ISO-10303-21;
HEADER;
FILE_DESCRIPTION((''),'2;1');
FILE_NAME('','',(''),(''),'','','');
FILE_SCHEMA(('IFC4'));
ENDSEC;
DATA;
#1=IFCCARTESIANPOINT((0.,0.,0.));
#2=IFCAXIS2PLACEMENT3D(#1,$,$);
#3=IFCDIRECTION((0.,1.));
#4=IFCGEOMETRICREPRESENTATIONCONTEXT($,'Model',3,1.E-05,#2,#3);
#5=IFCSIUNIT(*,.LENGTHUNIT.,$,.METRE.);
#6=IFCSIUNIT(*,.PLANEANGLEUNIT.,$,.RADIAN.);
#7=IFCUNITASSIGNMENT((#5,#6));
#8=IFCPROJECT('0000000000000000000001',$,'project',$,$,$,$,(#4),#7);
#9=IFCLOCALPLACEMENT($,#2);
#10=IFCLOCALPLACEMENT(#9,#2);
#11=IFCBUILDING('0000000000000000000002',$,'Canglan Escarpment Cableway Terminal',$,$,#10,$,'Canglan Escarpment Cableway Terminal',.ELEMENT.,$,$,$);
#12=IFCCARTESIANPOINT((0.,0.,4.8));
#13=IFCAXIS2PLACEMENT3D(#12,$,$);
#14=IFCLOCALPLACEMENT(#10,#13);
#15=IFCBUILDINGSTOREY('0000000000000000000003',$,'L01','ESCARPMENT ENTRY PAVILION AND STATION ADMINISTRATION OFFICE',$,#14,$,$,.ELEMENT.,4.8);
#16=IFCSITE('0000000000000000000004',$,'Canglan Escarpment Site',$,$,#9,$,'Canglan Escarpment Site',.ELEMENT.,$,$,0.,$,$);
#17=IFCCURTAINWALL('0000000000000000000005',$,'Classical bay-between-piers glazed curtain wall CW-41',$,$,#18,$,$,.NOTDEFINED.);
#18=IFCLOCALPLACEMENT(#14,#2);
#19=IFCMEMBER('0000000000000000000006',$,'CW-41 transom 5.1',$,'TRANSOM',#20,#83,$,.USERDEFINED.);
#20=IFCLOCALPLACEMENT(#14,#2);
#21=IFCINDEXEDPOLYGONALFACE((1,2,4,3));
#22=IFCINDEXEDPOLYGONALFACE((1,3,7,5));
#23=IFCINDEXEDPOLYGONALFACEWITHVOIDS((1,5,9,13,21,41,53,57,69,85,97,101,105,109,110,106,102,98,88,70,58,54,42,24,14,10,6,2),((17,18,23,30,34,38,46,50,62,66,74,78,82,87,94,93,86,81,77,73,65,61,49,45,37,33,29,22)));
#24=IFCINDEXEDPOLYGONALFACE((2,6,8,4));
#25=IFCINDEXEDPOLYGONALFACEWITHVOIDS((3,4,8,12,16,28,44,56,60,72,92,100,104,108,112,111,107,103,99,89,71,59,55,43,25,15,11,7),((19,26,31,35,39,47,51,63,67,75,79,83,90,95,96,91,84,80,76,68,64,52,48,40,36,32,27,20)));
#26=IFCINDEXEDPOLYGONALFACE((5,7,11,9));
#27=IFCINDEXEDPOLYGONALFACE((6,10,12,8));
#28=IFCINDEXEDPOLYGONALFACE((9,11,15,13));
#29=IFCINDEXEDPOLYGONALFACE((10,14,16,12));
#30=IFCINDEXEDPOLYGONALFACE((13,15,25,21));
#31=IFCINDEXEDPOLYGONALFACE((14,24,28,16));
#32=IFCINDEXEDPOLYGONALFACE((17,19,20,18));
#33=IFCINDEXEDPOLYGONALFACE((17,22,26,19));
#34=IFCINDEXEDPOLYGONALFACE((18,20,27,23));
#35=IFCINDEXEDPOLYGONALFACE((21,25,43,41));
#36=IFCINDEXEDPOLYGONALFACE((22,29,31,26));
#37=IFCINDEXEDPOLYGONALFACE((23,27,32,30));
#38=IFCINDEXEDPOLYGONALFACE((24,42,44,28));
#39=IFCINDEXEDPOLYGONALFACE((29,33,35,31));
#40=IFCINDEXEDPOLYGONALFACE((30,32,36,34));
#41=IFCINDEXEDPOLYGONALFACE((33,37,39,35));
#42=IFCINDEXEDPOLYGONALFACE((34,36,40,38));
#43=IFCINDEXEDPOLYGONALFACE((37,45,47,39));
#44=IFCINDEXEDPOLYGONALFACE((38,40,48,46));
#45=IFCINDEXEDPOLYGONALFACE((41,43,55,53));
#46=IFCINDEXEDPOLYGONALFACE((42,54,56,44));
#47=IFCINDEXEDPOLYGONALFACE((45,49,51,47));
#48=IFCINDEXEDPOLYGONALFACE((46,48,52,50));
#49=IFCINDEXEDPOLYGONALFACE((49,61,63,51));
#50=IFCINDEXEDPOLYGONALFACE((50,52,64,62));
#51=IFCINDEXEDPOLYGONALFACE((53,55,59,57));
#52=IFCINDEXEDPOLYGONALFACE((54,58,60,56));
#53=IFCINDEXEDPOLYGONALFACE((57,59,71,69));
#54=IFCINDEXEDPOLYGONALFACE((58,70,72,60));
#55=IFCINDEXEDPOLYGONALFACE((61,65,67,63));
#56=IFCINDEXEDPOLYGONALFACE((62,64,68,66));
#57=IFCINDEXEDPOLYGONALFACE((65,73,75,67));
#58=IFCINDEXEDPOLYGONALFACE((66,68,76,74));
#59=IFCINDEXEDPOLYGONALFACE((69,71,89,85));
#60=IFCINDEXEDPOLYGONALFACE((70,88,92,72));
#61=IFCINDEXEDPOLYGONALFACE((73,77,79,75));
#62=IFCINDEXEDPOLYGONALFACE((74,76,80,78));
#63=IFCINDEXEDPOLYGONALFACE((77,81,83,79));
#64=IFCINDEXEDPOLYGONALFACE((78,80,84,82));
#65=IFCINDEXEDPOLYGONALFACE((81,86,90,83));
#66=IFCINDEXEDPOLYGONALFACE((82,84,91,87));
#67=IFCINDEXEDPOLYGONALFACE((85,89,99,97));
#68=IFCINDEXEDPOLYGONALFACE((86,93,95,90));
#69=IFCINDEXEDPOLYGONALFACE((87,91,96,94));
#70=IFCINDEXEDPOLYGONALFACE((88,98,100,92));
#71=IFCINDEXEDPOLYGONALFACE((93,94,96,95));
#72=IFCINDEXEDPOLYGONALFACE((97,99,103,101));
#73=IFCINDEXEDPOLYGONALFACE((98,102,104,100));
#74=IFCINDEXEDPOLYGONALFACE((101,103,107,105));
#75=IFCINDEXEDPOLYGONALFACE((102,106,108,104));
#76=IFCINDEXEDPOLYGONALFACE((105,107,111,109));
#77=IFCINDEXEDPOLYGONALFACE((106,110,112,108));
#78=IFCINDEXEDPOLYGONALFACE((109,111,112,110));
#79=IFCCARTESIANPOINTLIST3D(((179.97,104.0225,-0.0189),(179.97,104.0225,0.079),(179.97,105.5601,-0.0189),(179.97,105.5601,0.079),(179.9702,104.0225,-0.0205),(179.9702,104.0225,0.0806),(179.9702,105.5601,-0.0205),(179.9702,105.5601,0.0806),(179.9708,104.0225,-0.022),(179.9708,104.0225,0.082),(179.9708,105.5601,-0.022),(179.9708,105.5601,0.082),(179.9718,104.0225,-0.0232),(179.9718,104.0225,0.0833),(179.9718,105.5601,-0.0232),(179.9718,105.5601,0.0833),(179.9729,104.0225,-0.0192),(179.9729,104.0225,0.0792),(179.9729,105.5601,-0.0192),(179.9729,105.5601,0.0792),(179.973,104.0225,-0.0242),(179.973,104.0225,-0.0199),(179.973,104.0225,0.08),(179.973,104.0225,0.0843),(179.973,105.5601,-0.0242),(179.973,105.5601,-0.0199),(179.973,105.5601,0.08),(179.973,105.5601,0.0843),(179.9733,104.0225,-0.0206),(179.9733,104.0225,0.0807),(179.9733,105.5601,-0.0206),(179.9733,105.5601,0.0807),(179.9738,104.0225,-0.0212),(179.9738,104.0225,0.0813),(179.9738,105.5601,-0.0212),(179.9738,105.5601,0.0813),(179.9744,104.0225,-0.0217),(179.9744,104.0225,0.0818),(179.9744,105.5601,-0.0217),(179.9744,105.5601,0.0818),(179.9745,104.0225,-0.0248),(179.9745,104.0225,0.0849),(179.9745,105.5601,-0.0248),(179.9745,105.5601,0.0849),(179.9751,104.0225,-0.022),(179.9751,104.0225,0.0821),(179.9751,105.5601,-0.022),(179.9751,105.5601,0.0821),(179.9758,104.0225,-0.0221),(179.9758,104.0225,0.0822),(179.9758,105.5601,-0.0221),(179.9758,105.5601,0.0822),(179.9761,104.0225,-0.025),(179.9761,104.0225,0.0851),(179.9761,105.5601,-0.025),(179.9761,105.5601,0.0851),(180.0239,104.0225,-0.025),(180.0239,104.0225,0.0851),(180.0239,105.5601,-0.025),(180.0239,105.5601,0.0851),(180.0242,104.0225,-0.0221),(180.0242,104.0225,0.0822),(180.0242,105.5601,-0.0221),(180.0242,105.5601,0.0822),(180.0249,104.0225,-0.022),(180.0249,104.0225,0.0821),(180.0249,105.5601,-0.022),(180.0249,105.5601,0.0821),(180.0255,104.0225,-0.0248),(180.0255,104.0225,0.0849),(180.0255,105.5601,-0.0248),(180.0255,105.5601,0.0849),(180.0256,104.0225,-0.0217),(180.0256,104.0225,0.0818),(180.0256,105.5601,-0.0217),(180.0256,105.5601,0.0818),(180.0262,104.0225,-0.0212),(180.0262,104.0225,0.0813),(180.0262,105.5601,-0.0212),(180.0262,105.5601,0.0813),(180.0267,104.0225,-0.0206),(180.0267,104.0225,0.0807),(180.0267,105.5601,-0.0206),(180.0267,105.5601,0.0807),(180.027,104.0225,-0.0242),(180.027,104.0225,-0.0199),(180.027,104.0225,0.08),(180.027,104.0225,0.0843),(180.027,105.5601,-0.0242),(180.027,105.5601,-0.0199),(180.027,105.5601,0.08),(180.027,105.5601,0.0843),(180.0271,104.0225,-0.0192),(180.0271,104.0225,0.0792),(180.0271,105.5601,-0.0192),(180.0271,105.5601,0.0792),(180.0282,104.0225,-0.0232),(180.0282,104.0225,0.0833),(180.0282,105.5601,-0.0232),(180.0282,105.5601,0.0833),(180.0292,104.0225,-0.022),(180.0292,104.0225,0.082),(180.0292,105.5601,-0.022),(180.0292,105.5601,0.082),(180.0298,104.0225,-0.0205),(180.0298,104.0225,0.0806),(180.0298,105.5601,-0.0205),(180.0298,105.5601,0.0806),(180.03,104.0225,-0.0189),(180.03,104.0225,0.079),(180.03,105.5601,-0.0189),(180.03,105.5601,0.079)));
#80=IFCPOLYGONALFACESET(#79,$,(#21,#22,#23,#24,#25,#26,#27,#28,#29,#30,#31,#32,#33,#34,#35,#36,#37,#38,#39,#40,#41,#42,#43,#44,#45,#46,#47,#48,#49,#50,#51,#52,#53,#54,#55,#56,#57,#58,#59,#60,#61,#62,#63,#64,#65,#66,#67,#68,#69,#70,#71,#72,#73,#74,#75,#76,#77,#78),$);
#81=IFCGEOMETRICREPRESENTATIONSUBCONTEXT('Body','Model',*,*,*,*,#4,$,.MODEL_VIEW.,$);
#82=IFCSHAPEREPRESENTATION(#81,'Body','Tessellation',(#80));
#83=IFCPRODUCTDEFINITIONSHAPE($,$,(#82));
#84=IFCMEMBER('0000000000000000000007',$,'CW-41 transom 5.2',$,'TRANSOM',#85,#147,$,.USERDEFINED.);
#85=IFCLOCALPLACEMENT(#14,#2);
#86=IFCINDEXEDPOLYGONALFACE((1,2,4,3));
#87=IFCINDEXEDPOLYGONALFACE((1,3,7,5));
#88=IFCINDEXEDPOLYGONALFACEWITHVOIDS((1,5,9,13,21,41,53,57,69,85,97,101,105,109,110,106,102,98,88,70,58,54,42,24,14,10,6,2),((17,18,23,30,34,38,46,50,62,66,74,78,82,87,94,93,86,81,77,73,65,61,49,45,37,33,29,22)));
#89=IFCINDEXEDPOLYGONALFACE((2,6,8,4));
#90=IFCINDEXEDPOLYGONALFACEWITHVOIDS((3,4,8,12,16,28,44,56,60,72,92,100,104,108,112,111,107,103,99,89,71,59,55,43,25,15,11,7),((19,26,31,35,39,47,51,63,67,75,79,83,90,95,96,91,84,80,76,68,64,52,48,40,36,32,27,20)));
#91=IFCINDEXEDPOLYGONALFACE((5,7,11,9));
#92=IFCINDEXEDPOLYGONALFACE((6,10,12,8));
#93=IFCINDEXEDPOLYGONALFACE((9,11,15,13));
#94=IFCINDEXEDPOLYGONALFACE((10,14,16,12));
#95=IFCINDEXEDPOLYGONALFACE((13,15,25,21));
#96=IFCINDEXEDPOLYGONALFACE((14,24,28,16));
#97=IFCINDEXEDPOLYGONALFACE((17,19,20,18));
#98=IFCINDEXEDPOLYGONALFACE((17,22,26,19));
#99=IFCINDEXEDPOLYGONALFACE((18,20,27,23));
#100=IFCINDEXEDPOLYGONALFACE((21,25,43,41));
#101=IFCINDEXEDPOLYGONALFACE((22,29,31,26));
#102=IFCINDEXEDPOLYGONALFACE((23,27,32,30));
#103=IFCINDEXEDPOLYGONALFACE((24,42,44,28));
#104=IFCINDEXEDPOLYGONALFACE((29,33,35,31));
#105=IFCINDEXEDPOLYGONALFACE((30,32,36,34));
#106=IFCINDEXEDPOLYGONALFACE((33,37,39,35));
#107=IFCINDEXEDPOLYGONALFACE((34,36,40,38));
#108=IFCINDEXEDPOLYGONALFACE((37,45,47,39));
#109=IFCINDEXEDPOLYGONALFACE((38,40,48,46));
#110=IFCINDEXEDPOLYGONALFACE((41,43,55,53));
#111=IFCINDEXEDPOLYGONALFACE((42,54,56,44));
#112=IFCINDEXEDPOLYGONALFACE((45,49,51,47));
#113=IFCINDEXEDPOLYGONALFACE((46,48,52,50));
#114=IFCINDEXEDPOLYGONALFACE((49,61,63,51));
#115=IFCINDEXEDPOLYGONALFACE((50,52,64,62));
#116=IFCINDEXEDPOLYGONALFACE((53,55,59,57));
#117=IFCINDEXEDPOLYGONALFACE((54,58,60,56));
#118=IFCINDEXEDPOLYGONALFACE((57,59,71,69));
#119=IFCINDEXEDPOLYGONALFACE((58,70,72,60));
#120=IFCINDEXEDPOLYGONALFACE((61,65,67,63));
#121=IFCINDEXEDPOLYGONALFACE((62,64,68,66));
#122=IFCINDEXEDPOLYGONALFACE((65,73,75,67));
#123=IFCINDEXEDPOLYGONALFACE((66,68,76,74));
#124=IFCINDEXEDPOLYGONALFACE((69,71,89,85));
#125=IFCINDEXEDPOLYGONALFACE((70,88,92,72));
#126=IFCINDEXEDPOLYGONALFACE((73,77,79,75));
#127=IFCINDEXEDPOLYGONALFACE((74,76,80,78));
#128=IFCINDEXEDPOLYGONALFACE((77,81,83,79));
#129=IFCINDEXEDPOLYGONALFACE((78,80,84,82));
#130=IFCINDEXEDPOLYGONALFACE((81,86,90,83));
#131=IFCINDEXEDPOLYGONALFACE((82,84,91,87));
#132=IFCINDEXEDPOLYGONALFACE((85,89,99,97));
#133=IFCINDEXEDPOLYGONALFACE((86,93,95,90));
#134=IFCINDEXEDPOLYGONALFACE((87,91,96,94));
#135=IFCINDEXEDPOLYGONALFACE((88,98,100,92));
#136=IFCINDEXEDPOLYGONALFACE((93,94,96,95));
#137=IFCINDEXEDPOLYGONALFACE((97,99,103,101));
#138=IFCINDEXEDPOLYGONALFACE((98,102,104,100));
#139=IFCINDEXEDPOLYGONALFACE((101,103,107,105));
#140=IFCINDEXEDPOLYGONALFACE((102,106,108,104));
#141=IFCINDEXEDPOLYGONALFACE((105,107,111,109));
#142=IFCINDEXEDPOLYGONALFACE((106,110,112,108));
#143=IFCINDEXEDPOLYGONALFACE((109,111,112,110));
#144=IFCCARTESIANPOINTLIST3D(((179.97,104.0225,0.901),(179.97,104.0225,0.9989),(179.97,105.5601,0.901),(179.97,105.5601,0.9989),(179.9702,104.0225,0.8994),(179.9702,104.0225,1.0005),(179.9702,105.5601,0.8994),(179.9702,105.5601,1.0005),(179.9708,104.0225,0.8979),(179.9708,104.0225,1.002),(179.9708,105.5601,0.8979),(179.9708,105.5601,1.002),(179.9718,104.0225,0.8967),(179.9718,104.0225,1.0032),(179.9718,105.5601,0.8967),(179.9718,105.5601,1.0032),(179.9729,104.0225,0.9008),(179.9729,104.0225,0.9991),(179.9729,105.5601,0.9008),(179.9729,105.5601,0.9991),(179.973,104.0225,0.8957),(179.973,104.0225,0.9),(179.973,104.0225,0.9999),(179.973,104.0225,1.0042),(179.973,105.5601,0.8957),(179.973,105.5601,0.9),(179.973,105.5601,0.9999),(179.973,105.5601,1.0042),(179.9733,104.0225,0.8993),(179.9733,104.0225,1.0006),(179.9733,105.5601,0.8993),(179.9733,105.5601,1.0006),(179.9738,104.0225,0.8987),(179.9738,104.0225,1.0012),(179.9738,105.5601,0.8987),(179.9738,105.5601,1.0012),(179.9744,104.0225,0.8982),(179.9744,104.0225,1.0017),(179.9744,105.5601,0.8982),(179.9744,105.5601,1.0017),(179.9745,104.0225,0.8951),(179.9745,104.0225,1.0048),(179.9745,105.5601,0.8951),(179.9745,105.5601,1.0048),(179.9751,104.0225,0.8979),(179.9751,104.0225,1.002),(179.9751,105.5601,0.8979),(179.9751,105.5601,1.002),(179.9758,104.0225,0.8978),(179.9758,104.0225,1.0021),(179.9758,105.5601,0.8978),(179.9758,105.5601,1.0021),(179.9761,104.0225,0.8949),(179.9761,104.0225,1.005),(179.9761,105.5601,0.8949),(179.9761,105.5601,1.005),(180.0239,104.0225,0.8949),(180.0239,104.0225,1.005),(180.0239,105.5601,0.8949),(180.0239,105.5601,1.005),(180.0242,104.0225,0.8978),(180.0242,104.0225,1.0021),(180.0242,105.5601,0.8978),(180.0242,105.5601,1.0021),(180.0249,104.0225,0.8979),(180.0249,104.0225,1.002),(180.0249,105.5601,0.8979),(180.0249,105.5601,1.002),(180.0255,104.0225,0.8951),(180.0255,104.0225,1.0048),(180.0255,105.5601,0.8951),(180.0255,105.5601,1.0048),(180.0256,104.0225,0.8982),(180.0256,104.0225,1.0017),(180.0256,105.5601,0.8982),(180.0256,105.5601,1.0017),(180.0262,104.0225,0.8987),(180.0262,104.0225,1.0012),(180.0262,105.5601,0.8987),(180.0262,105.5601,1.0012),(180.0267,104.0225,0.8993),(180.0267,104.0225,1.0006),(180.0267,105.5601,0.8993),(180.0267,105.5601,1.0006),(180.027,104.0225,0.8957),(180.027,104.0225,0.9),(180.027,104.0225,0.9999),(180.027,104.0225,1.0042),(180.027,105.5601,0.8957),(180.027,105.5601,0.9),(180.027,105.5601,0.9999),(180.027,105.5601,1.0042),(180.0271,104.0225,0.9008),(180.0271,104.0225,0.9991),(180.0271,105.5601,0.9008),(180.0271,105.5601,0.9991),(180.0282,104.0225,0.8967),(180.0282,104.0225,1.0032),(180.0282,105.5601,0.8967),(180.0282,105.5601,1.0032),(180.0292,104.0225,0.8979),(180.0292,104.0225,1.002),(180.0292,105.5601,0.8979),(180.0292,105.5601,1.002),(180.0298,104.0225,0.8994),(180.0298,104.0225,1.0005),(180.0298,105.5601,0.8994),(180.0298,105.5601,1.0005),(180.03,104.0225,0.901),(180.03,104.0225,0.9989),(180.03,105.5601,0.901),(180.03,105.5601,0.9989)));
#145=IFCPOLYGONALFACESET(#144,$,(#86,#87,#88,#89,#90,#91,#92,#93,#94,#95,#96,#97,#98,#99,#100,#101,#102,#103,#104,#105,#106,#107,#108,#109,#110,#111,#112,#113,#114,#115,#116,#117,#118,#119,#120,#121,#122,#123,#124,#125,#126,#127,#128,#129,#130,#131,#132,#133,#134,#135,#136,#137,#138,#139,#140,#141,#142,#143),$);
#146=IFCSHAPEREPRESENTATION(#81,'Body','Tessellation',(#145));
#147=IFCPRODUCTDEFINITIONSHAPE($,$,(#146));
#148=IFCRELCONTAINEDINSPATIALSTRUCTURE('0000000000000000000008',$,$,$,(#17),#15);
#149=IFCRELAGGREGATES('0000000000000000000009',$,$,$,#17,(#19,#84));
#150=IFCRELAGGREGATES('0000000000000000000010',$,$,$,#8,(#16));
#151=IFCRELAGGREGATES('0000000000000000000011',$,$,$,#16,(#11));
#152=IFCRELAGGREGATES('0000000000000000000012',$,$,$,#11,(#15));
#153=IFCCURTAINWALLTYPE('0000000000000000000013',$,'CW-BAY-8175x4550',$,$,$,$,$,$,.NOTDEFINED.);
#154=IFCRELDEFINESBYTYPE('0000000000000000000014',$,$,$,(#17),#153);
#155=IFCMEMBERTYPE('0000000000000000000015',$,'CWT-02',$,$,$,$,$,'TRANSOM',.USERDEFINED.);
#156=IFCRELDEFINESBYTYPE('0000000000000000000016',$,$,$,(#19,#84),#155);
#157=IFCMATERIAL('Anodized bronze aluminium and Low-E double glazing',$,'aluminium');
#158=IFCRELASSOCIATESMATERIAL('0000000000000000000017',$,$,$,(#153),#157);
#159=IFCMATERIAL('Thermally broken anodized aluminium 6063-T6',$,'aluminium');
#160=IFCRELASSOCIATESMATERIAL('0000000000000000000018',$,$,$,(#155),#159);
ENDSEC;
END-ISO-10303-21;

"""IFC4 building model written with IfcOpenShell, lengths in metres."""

from ifc_helpers import new_model, si_unit, direction, frame, origin, origin_2d, place, context, subcontext, project, spatial, hollow_rectangle, extrude, material, material_profile, profile_set, type_object, element, aggregate, save


model = new_model("IFC4")

# Units and contexts
model_context = context("Model", 3, precision=1e-05, world=origin(), true_north=direction((0.0, 1.0)))
body_context = subcontext(model_context, "Body", "Model", "MODEL_VIEW")
ifc_project = project(units=[si_unit("LENGTHUNIT", "METRE"), si_unit("PLANEANGLEUNIT", "RADIAN")], contexts=[model_context])

# Site, building, storey
site_placement = place(None, origin())
site = spatial("IfcSite", under=ifc_project, at=site_placement, Name="Canglan Escarpment Site", LongName="Canglan Escarpment Site", CompositionType="ELEMENT", RefElevation=0.0)
building_placement = place(site_placement, origin())
building = spatial("IfcBuilding", under=site, at=building_placement, Name="Canglan Escarpment Cableway Terminal", LongName="Canglan Escarpment Cableway Terminal", CompositionType="ELEMENT")
storey_placement = place(building_placement, frame((0.0, 0.0, 4.8)))
storey = spatial("IfcBuildingStorey", under=building, at=storey_placement, Name="L01", Description="ESCARPMENT ENTRY PAVILION AND STATION ADMINISTRATION OFFICE", CompositionType="ELEMENT", Elevation=4.8)

# Curtain wall, members
ifc_material_1 = material(Name="Anodized bronze aluminium and Low-E double glazing", Category="aluminium")
curtain_wall_type = type_object("IfcCurtainWallType", Name="CW-BAY-8175x4550", PredefinedType="NOTDEFINED", material=ifc_material_1)
curtain_wall_placement = place(storey_placement, origin())
curtain_wall = element("IfcCurtainWall", 1, at=curtain_wall_placement, inside=storey, type_object=curtain_wall_type, Name="Classical bay-between-piers glazed curtain wall CW-41", PredefinedType="NOTDEFINED")
ifc_material_2 = material(Name="Thermally broken anodized aluminium 6063-T6", Category="aluminium")
ifc_material_profile_1 = material_profile(ifc_material_2, hollow_rectangle(XDim=0.0601, YDim=0.1101, WallThickness=0.0029, InnerFilletRadius=0.0029, OuterFilletRadius=0.0061, at=origin_2d()), Name="ALU-TRAN 60x110x3")
ifc_profile_set_1 = profile_set([ifc_material_profile_1], Name="Thermally broken anodized aluminium 6063-T6")
member_type_1 = type_object("IfcMemberType", Name="CWT-02", ElementType="TRANSOM", PredefinedType="USERDEFINED", material=ifc_profile_set_1)
member_1_placement = place(storey_placement, frame((180.0, 104.0225, 0.03), z_axis=(0.0, 1.0, 0.0), x_axis=(-1.0, 0.0, 0.0)))
member_1 = element("IfcMember", 2, at=member_1_placement, type_object=member_type_1, Name="CW-41 transom 5.1", ObjectType="TRANSOM", PredefinedType="USERDEFINED", context=body_context, shape_type="SweptSolid", body=[
    extrude(hollow_rectangle(XDim=0.0601, YDim=0.1101, WallThickness=0.0029, InnerFilletRadius=0.0029, OuterFilletRadius=0.0061, at=origin_2d()), origin(), (0.0, 0.0, 1.0), 1.5376),
])
member_2_placement = place(storey_placement, frame((180.0, 104.0225, 0.95), z_axis=(0.0, 1.0, 0.0), x_axis=(-1.0, 0.0, 0.0)))
member_2 = element("IfcMember", 3, at=member_2_placement, type_object=member_type_1, Name="CW-41 transom 5.2", ObjectType="TRANSOM", PredefinedType="USERDEFINED", context=body_context, shape_type="SweptSolid", body=[
    extrude(hollow_rectangle(XDim=0.0601, YDim=0.1101, WallThickness=0.0029, InnerFilletRadius=0.0029, OuterFilletRadius=0.0061, at=origin_2d()), origin(), (0.0, 0.0, 1.0), 1.5376),
])
aggregate(curtain_wall, [member_1, member_2])

save(model, "model.ifc")
